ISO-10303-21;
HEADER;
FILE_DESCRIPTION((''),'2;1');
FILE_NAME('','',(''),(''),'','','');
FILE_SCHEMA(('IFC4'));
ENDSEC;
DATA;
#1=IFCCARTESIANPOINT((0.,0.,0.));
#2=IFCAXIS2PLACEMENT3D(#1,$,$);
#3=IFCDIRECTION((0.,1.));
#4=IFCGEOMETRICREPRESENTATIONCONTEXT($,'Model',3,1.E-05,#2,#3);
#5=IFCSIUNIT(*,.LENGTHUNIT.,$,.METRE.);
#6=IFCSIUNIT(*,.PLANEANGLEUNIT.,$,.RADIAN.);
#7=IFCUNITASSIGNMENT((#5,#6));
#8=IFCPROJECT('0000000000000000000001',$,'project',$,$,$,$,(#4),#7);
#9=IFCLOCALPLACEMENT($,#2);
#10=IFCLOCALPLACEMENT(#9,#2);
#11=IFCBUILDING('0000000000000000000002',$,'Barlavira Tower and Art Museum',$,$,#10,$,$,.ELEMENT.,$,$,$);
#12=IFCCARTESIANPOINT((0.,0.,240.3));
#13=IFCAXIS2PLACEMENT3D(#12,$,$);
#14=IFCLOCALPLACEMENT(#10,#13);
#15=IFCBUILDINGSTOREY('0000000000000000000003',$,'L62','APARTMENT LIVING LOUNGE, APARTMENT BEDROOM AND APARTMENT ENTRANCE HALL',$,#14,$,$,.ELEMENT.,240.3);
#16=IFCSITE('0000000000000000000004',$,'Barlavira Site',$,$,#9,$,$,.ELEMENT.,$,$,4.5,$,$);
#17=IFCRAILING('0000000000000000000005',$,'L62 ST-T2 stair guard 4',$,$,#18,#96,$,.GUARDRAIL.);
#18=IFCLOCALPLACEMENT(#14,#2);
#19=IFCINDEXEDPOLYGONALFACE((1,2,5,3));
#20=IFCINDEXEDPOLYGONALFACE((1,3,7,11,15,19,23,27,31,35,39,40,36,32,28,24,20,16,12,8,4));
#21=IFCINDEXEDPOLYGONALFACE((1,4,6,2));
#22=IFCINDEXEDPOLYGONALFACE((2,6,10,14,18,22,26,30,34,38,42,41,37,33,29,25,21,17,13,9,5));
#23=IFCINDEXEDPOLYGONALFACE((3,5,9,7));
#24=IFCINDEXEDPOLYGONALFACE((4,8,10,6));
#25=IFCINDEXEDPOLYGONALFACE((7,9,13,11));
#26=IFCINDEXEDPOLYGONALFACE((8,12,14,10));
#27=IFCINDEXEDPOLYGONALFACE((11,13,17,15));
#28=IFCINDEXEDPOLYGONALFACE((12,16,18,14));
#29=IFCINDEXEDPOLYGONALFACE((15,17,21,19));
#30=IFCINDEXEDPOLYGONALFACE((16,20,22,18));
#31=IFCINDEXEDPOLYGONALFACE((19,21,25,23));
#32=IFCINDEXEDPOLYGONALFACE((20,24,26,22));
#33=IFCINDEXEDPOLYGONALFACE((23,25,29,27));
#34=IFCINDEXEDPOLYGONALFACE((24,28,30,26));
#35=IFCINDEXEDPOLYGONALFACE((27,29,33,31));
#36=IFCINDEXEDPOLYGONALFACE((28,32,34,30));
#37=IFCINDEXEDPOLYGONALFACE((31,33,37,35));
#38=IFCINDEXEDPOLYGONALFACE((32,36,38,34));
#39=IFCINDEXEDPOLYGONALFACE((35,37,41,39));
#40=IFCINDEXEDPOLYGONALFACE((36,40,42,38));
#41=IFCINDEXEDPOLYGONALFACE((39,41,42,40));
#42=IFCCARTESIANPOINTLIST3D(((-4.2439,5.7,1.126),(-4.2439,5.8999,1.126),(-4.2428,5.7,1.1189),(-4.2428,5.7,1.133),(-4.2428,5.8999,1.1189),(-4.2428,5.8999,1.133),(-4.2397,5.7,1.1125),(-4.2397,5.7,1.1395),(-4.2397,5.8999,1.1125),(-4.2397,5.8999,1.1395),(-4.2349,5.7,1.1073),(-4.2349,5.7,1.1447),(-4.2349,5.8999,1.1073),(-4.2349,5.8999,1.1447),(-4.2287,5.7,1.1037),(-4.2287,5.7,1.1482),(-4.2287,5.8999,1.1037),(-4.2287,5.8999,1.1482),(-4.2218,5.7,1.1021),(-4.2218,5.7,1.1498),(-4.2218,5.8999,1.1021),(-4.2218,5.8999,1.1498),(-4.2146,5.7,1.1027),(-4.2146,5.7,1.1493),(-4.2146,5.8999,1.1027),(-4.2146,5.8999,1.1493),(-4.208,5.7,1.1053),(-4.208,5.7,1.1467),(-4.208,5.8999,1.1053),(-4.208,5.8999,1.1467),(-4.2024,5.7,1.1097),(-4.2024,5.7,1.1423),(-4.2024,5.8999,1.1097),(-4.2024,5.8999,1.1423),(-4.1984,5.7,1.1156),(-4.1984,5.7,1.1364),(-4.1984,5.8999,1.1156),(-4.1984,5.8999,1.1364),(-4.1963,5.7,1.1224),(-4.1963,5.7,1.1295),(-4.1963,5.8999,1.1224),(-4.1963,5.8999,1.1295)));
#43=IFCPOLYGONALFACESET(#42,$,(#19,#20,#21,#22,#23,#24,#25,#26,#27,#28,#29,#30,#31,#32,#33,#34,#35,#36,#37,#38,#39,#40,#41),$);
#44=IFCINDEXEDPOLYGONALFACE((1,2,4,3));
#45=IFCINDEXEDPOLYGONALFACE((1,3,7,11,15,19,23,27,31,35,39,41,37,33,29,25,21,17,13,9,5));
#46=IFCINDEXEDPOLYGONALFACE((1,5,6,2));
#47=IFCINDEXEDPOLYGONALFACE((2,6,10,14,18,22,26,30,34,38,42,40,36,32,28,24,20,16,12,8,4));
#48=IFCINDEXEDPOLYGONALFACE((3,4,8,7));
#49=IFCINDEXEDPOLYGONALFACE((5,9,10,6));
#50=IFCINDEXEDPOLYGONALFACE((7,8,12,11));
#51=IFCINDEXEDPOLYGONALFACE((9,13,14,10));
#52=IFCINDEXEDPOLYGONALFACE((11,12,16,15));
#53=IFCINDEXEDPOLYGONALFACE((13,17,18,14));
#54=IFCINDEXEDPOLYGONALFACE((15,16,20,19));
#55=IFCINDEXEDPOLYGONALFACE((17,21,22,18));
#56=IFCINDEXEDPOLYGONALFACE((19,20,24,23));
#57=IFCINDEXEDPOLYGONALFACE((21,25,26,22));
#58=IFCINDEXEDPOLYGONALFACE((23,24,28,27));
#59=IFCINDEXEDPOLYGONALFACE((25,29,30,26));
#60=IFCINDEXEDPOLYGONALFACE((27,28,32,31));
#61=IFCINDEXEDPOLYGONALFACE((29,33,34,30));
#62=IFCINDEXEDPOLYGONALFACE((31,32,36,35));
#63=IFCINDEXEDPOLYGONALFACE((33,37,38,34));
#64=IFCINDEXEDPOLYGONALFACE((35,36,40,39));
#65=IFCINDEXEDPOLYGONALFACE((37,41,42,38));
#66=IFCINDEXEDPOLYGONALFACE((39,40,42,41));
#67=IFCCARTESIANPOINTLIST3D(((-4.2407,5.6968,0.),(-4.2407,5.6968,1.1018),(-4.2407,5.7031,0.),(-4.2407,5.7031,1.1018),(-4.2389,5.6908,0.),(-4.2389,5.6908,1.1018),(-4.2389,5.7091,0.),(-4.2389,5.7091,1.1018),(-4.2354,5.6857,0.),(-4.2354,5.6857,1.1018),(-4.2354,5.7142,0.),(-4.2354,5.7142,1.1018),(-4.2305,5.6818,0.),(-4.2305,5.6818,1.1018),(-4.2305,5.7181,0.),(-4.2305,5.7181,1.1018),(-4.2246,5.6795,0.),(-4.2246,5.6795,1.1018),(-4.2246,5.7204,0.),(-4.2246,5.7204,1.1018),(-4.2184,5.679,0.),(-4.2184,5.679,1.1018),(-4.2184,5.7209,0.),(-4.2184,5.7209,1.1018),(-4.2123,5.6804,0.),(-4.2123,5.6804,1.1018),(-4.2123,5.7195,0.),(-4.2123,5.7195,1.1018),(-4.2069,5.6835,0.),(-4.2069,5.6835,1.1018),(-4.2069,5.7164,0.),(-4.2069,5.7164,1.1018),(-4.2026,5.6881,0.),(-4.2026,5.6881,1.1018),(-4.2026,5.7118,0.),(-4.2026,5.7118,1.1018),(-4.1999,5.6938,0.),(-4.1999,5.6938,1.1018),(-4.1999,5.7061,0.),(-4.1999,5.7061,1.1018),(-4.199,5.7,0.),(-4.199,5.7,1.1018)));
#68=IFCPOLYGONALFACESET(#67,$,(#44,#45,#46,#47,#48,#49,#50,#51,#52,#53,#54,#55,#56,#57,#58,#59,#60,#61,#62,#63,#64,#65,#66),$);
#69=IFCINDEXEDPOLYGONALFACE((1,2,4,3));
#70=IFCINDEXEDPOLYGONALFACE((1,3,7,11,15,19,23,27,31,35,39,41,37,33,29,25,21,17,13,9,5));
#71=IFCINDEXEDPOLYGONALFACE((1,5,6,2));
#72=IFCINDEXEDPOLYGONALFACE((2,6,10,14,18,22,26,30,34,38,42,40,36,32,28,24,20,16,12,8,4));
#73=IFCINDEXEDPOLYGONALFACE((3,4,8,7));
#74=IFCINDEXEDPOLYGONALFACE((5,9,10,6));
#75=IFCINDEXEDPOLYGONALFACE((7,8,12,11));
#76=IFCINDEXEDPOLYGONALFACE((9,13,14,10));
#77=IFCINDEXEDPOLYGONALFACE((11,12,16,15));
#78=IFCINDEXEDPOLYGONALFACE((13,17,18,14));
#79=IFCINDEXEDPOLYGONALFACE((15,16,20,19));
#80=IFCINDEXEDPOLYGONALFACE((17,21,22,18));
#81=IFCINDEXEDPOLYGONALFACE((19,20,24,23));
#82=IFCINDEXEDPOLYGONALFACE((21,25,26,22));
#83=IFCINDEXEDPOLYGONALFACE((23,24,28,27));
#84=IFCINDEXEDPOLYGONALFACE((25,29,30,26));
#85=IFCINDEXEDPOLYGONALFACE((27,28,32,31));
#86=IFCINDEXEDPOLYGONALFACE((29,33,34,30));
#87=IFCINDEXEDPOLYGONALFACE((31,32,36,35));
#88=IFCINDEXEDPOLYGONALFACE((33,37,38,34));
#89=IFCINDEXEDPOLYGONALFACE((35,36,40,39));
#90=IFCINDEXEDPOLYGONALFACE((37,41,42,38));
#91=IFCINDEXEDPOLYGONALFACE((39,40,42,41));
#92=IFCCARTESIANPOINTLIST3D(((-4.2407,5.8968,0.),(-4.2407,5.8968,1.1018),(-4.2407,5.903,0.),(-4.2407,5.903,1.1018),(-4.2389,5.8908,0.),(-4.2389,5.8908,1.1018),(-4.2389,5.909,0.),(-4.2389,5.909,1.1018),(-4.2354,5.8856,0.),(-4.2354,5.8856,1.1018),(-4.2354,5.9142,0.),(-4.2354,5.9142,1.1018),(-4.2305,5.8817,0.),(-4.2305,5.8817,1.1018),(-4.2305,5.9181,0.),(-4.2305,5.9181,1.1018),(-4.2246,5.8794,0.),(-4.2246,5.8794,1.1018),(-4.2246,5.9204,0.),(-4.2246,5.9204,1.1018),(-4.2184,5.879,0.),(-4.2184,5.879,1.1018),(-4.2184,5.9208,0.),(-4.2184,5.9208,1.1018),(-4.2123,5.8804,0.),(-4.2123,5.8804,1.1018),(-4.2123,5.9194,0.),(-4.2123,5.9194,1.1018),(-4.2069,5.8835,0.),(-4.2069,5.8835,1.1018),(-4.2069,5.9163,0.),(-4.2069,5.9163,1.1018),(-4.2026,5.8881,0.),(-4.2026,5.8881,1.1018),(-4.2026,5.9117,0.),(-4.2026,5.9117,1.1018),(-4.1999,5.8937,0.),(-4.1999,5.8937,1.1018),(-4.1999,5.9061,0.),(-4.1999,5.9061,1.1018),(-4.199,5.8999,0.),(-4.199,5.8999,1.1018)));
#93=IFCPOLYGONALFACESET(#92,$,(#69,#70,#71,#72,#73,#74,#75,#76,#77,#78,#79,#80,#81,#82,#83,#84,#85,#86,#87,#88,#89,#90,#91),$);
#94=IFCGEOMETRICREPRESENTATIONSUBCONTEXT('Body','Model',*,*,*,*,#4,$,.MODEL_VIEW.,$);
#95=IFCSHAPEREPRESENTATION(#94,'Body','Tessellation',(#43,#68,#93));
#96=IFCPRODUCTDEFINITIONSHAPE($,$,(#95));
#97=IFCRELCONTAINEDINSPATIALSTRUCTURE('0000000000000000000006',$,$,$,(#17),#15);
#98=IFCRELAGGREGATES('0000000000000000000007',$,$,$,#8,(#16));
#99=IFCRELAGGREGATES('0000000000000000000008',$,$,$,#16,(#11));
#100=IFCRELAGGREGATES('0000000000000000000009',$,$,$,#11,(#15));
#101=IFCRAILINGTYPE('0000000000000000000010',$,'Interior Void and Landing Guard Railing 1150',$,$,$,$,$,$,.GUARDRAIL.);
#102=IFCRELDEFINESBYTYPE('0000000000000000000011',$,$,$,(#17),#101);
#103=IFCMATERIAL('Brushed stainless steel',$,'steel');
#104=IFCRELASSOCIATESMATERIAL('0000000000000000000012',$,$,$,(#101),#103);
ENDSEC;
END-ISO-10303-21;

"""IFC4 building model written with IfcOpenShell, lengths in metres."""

from ifc_helpers import new_model, si_unit, direction, frame, origin, origin_2d, place, context, subcontext, project, spatial, circle, extrude, material, type_object, element, save


model = new_model("IFC4")

# Units and contexts
model_context = context("Model", 3, precision=1e-05, world=origin(), true_north=direction((0.0, 1.0)))
body_context = subcontext(model_context, "Body", "Model", "MODEL_VIEW")
ifc_project = project(units=[si_unit("LENGTHUNIT", "METRE"), si_unit("PLANEANGLEUNIT", "RADIAN")], contexts=[model_context])

# Site, building, storey
site_placement = place(None, origin())
site = spatial("IfcSite", under=ifc_project, at=site_placement, Name="Barlavira Site", CompositionType="ELEMENT", RefElevation=4.5)
building_placement = place(site_placement, origin())
building = spatial("IfcBuilding", under=site, at=building_placement, Name="Barlavira Tower and Art Museum", CompositionType="ELEMENT")
storey_placement = place(building_placement, frame((0.0, 0.0, 240.3)))
storey = spatial("IfcBuildingStorey", under=building, at=storey_placement, Name="L62", Description="APARTMENT LIVING LOUNGE, APARTMENT BEDROOM AND APARTMENT ENTRANCE HALL", CompositionType="ELEMENT", Elevation=240.3)

# Shared definitions
ifc_material_1 = material(Name="Brushed stainless steel", Category="steel")

# Railing
railing_type_1 = type_object("IfcRailingType", Name="Interior Void and Landing Guard Railing 1150", PredefinedType="GUARDRAIL", material=ifc_material_1)
railing_1_placement = place(storey_placement, frame((-4.22, 5.7, 0.0)))
element("IfcRailing", 1, at=railing_1_placement, inside=storey, type_object=railing_type_1, Name="L62 ST-T2 stair guard 4", PredefinedType="GUARDRAIL", context=body_context, shape_type="SweptSolid", body=[
    extrude(circle(Radius=0.0239, at=origin_2d()), frame((0.0, 0.0, 1.126), z_axis=(0.0, 1.0, 0.0), x_axis=(-1.0, 0.0, 0.0)), (0.0, 0.0, 1.0), 0.2),
    extrude(circle(Radius=0.021, at=origin_2d()), origin(), (0.0, 0.0, 1.0), 1.1018),
    extrude(circle(Radius=0.021, at=origin_2d()), frame((0.0, 0.2, 0.0)), (0.0, 0.0, 1.0), 1.1018),
])

save(model, "model.ifc")
